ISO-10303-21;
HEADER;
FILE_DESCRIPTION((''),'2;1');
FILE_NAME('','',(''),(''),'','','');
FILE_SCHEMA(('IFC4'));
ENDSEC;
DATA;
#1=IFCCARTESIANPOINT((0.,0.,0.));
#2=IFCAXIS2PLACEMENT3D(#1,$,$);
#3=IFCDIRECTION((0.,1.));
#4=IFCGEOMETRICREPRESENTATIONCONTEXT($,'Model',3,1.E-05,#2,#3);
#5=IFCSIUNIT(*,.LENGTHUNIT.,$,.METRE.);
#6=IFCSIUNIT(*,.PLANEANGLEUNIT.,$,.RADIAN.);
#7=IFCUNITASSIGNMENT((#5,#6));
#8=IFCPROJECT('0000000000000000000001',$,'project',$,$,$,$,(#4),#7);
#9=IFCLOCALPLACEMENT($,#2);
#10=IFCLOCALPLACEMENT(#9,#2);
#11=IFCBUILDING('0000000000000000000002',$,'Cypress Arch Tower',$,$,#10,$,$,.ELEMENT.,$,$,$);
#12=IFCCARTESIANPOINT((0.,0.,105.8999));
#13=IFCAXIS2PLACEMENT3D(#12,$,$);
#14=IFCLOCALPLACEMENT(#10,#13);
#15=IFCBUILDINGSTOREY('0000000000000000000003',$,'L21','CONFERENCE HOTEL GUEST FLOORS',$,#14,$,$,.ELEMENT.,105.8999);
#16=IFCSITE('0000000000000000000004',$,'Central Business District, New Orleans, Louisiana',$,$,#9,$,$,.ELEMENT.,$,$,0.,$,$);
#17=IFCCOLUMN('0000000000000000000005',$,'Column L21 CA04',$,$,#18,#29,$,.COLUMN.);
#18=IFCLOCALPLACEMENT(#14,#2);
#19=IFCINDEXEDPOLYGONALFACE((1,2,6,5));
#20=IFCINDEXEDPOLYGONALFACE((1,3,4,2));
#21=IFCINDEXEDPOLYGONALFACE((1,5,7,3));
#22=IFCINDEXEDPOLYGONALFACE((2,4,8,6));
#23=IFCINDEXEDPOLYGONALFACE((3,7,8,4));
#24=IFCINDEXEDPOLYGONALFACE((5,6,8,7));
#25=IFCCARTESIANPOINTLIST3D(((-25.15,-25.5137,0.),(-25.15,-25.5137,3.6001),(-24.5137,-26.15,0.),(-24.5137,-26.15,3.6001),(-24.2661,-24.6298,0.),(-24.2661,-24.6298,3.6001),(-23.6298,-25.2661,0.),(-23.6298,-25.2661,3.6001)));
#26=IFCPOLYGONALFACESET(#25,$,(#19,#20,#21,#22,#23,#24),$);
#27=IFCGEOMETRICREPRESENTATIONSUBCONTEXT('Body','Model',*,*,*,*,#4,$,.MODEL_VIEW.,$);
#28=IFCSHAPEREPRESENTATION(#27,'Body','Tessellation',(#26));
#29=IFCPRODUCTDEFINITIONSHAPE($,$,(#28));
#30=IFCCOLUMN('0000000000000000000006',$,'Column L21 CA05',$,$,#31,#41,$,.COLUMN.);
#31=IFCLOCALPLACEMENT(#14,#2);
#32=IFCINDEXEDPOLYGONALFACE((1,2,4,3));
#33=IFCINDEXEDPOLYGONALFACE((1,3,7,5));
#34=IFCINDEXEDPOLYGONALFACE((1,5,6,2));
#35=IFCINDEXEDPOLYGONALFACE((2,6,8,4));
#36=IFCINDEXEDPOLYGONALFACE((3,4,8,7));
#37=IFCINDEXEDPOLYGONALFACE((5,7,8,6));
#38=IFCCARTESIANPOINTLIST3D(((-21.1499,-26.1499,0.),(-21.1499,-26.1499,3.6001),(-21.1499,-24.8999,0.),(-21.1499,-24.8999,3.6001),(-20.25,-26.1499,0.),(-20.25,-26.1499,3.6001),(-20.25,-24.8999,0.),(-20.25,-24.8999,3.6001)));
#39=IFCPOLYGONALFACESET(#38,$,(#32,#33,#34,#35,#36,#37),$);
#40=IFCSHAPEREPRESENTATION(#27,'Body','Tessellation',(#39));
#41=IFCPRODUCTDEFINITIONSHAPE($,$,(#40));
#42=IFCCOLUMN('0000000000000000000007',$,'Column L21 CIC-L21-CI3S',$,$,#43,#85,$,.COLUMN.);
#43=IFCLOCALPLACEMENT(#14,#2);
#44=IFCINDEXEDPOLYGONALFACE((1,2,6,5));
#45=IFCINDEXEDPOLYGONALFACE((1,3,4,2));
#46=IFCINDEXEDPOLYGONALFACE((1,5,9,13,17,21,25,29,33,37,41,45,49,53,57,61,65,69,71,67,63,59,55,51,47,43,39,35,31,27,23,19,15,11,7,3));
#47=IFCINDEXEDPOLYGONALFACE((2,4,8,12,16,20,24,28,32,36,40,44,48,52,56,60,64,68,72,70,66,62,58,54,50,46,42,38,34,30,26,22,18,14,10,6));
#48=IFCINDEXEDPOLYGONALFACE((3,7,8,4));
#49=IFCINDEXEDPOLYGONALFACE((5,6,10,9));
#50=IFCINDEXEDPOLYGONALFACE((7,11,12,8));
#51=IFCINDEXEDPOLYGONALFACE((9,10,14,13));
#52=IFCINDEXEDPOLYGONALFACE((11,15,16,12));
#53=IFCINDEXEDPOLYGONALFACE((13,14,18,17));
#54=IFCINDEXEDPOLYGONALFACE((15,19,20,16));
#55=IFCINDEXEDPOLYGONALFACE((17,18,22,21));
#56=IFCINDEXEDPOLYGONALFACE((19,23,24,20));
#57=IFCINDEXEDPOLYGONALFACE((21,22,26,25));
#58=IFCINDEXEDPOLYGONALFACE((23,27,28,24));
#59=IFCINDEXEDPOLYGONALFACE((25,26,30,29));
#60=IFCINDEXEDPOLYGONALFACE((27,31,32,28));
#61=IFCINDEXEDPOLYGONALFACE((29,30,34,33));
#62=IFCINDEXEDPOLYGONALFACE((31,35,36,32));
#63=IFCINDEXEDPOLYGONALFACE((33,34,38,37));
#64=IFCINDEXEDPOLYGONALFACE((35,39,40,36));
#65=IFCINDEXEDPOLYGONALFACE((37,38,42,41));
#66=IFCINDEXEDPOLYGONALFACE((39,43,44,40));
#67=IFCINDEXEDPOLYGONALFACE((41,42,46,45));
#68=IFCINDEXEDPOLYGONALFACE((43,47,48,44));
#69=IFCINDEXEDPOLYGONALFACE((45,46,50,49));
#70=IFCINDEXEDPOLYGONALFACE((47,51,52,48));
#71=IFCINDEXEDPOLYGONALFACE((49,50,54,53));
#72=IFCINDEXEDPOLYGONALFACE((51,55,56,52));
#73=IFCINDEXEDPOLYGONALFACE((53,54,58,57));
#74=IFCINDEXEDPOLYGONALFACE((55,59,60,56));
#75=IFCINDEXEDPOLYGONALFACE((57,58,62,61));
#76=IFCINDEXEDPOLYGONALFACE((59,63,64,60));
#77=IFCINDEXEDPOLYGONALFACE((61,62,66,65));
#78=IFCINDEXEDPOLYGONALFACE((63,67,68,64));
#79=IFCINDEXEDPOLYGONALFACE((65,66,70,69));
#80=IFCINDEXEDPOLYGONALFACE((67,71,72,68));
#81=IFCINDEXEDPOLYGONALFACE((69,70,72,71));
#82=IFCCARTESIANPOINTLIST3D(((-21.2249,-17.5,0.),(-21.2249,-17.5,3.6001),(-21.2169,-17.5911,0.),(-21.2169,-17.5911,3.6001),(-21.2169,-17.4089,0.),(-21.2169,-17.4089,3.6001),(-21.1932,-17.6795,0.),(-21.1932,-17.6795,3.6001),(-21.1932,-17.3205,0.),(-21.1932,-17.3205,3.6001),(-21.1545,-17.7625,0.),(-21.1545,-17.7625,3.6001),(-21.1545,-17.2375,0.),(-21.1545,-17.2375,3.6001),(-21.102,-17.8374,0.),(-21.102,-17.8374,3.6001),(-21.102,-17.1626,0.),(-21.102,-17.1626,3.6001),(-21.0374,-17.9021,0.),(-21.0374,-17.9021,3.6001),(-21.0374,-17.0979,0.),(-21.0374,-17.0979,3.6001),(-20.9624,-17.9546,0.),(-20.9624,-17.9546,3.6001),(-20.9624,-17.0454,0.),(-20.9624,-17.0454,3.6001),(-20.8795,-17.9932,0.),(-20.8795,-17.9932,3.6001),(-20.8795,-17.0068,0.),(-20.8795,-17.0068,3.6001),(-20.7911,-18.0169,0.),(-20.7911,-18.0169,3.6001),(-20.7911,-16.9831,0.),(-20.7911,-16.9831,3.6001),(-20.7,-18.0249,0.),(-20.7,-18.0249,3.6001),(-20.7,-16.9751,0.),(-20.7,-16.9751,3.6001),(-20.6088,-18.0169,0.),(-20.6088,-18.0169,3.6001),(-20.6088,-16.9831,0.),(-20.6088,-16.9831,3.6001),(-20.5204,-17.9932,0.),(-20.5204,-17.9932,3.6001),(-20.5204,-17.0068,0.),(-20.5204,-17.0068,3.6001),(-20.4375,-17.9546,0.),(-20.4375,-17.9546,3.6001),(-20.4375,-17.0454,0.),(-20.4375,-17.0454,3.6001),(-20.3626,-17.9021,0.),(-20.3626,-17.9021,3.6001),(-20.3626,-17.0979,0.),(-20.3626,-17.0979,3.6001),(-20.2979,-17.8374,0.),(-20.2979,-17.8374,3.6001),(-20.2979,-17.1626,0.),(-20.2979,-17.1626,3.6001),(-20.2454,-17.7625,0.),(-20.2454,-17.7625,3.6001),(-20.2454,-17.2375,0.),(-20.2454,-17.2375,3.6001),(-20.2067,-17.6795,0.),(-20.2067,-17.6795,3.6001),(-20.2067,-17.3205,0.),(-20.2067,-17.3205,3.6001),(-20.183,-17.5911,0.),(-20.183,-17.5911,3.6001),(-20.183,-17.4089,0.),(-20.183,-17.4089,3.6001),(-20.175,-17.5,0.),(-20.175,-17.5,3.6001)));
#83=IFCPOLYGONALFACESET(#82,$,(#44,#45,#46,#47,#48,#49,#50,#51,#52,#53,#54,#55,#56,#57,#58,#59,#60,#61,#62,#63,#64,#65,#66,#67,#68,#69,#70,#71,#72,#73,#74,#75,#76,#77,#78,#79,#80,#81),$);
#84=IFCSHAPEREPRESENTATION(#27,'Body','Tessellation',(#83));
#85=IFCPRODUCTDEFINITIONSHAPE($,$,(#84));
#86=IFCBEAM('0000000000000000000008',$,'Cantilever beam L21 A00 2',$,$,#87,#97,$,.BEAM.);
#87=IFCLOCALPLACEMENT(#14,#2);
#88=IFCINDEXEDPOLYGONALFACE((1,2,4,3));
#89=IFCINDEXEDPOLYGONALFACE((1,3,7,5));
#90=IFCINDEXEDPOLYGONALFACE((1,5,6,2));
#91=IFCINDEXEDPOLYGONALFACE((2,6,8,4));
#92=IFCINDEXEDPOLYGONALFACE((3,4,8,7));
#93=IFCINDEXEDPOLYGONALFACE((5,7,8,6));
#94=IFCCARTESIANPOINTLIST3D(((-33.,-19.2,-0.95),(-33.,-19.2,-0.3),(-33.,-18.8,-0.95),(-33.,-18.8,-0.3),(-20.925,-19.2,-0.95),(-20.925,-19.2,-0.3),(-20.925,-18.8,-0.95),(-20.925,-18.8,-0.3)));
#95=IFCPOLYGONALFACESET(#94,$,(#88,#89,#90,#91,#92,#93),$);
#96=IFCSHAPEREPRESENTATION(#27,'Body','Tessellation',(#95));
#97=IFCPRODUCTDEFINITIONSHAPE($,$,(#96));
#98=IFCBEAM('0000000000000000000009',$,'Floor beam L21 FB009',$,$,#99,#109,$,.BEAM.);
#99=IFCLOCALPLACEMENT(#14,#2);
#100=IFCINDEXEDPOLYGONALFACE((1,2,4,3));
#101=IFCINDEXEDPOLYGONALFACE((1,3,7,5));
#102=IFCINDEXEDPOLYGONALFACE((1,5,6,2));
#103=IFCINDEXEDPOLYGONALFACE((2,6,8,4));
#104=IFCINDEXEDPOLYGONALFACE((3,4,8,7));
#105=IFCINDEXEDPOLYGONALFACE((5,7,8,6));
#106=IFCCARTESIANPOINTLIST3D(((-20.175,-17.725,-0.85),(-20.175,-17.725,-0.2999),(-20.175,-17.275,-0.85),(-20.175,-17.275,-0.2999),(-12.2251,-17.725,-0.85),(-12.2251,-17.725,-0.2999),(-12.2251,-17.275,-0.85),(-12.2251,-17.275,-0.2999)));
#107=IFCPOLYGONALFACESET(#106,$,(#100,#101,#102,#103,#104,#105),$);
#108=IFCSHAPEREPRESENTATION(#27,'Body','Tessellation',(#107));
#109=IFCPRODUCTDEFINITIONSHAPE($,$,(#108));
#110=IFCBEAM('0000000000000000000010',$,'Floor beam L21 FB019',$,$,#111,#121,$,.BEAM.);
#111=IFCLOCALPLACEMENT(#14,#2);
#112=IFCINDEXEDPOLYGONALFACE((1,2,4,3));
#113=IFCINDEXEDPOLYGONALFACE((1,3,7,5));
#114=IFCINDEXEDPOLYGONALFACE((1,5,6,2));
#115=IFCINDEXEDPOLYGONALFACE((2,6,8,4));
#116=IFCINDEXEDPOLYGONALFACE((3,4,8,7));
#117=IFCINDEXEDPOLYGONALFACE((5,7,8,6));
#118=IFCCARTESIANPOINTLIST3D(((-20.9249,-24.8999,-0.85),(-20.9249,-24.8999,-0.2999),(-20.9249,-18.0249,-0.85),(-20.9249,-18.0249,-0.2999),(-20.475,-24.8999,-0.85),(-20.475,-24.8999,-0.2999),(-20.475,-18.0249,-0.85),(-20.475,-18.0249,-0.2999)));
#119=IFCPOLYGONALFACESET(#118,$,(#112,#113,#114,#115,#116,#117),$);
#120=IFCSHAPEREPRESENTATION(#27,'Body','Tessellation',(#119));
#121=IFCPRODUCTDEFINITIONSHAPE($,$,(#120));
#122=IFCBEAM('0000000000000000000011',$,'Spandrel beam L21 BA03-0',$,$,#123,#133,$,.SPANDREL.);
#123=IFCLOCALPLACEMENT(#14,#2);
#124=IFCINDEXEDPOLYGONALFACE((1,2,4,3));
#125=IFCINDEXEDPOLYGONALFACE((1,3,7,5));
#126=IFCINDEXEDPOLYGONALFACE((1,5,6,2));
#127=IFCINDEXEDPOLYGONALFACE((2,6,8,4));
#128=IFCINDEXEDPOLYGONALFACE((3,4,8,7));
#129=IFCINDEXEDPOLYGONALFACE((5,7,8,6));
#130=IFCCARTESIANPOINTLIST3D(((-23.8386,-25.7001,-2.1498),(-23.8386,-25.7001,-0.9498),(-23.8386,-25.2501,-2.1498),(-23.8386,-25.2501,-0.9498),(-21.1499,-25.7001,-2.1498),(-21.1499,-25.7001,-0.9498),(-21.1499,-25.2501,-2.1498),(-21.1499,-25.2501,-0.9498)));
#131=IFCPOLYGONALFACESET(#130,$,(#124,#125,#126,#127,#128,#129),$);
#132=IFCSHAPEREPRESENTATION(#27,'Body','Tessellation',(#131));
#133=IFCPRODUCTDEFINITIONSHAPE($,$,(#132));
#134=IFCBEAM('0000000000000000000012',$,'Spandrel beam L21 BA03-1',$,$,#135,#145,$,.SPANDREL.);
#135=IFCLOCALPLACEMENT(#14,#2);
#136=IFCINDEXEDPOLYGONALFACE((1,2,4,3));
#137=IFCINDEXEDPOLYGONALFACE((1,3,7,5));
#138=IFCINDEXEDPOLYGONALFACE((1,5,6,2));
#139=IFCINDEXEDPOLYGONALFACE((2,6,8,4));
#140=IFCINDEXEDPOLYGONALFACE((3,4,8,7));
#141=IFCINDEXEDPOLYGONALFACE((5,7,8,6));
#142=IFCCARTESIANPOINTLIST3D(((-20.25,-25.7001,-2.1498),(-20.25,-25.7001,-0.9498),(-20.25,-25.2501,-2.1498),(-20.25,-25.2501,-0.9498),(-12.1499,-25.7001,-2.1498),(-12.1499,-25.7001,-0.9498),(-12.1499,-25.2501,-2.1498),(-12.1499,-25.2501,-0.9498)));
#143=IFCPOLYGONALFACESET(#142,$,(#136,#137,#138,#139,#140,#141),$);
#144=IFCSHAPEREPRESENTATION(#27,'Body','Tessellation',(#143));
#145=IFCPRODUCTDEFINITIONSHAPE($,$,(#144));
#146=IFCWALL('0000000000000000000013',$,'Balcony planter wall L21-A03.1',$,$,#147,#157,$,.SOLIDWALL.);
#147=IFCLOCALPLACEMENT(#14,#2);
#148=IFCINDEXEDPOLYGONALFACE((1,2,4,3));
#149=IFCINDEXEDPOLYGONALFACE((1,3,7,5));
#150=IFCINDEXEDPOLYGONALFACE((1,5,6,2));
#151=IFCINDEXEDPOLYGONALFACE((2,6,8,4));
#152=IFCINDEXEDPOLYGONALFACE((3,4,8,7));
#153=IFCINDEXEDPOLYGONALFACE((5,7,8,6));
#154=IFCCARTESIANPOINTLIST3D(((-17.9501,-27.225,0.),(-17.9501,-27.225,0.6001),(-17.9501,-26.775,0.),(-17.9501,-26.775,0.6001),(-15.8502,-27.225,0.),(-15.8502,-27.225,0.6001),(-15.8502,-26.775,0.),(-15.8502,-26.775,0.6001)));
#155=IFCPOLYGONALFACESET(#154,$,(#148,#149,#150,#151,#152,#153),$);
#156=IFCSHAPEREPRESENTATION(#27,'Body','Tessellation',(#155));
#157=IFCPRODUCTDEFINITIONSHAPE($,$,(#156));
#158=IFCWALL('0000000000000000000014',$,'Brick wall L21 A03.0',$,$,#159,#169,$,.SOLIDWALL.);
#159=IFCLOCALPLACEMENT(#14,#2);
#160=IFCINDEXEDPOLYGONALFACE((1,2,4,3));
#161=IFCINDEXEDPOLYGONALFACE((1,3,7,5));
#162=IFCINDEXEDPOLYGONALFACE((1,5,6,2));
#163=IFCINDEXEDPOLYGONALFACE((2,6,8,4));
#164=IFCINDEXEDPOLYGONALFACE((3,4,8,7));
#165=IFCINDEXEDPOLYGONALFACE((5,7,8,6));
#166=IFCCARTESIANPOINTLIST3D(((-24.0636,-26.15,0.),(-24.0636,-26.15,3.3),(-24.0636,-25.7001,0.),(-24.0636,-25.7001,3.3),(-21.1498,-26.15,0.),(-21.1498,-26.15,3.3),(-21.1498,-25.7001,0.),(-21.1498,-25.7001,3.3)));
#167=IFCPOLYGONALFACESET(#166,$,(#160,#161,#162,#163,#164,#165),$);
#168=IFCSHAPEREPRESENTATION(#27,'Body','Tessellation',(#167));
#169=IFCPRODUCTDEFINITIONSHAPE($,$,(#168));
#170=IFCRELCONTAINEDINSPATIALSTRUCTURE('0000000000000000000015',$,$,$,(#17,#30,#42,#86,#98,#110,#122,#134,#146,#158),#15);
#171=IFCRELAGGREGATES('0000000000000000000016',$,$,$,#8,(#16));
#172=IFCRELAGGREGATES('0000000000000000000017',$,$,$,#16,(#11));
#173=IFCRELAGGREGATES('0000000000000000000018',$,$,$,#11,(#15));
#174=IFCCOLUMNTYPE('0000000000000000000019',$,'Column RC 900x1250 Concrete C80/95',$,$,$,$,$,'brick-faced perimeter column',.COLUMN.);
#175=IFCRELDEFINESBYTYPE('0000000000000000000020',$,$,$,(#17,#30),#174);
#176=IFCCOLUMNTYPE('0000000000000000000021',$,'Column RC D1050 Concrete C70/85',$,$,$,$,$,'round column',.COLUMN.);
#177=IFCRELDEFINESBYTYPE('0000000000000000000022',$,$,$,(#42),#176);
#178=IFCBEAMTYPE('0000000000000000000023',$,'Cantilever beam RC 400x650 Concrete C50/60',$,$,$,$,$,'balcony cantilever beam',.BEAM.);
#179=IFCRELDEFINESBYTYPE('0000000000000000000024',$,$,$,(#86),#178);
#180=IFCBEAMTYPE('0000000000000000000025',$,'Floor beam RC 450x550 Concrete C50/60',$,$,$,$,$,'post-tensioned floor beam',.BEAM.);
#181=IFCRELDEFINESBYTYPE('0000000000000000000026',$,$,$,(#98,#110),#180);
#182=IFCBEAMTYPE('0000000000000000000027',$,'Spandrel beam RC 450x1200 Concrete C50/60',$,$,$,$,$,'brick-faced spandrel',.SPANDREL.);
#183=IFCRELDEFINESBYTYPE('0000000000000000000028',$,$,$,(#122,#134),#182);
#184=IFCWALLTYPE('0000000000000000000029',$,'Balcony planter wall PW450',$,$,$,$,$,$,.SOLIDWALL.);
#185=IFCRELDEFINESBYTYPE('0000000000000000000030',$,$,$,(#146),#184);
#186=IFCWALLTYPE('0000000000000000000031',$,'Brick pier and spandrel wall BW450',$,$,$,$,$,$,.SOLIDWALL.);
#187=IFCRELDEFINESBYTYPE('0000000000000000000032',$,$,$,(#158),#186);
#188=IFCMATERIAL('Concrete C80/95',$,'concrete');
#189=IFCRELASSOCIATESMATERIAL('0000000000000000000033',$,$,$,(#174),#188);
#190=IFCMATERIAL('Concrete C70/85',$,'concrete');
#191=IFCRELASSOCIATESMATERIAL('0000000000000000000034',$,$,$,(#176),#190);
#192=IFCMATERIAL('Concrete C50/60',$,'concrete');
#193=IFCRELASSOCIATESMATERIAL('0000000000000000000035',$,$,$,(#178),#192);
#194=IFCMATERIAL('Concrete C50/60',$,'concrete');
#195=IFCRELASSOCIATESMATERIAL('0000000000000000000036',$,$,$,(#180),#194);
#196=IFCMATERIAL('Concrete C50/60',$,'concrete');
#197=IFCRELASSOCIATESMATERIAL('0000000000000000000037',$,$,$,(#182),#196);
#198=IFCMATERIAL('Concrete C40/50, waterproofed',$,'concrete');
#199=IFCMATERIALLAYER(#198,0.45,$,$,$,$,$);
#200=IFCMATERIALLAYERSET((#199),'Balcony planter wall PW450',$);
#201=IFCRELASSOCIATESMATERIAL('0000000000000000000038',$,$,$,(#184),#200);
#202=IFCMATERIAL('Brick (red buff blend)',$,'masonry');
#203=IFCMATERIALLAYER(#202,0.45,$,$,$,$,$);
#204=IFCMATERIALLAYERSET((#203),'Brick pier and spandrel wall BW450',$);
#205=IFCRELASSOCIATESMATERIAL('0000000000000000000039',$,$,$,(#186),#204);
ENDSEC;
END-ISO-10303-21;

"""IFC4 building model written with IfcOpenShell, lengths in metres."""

from ifc_helpers import new_model, si_unit, direction, frame, frame_2d, origin, origin_2d, place, context, subcontext, project, spatial, rectangle, circle, extrude, material, layer, layer_set, material_profile, profile_set, type_object, element, save


model = new_model("IFC4")

# Units and contexts
model_context = context("Model", 3, precision=1e-05, world=origin(), true_north=direction((0.0, 1.0)))
body_context = subcontext(model_context, "Body", "Model", "MODEL_VIEW")
ifc_project = project(units=[si_unit("LENGTHUNIT", "METRE"), si_unit("PLANEANGLEUNIT", "RADIAN")], contexts=[model_context])

# Site, building, storey
site_placement = place(None, origin())
site = spatial("IfcSite", under=ifc_project, at=site_placement, Name="Central Business District, New Orleans, Louisiana", CompositionType="ELEMENT", RefElevation=0.0)
building_placement = place(site_placement, origin())
building = spatial("IfcBuilding", under=site, at=building_placement, Name="Cypress Arch Tower", CompositionType="ELEMENT")
storey_placement = place(building_placement, frame((0.0, 0.0, 105.8999)))
storey = spatial("IfcBuildingStorey", under=building, at=storey_placement, Name="L21", Description="CONFERENCE HOTEL GUEST FLOORS", CompositionType="ELEMENT", Elevation=105.8999)

# Columns
ifc_material_1 = material(Name="Concrete C80/95", Category="concrete")
ifc_material_profile_1 = material_profile(ifc_material_1, rectangle(XDim=0.8999, YDim=1.25, at=origin_2d()), Name="RC 900x1250")
ifc_profile_set_1 = profile_set([ifc_material_profile_1], Name="Concrete C80/95")
column_type_1 = type_object("IfcColumnType", Name="Column RC 900x1250 Concrete C80/95", ElementType="brick-faced perimeter column", PredefinedType="COLUMN", material=ifc_profile_set_1)
for number, where, z_axis, x_axis, name in (
    (1, (-24.3899, -25.3899, 0.0), (0.0, 0.0, 1.0), (0.707107, -0.707107, 0.0), "Column L21 CA04"),
    (2, (-20.7, -25.5249, 0.0), (0.0, 0.0, 1.0), (1.0, 0.0, 0.0), "Column L21 CA05"),
):
    element("IfcColumn", number, at=place(storey_placement, frame(where, z_axis=z_axis, x_axis=x_axis)), inside=storey, type_object=column_type_1, Name=name, PredefinedType="COLUMN", context=body_context, shape_type="SweptSolid", body=[
        extrude(rectangle(XDim=0.8999, YDim=1.25, at=origin_2d()), origin(), (0.0, 0.0, 1.0), 3.6001),
    ])
ifc_material_2 = material(Name="Concrete C70/85", Category="concrete")
ifc_material_profile_2 = material_profile(ifc_material_2, circle(Radius=0.5249, at=origin_2d()), Name="RC D1050")
ifc_profile_set_2 = profile_set([ifc_material_profile_2], Name="Concrete C70/85")
column_type_2 = type_object("IfcColumnType", Name="Column RC D1050 Concrete C70/85", ElementType="round column", PredefinedType="COLUMN", material=ifc_profile_set_2)
column_placement = place(storey_placement, frame((-20.7, -17.5, 0.0), z_axis=(0.0, 0.0, 1.0), x_axis=(1.0, 0.0, 0.0)))
element("IfcColumn", 3, at=column_placement, inside=storey, type_object=column_type_2, Name="Column L21 CIC-L21-CI3S", PredefinedType="COLUMN", context=body_context, shape_type="SweptSolid", body=[
    extrude(circle(Radius=0.5249, at=origin_2d()), origin(), (0.0, 0.0, 1.0), 3.6001),
])

# Beams
ifc_material_3 = material(Name="Concrete C50/60", Category="concrete")
ifc_material_profile_3 = material_profile(ifc_material_3, rectangle(XDim=0.3999, YDim=0.6499, at=origin_2d()), Name="RC 400x650")
ifc_profile_set_3 = profile_set([ifc_material_profile_3], Name="Concrete C50/60")
beam_type_1 = type_object("IfcBeamType", Name="Cantilever beam RC 400x650 Concrete C50/60", ElementType="balcony cantilever beam", PredefinedType="BEAM", material=ifc_profile_set_3)
beam_1_placement = place(storey_placement, frame((-20.925, -19.0, -0.625), z_axis=(-1.0, 0.0, 0.0), x_axis=(0.0, -1.0, 0.0)))
element("IfcBeam", 4, at=beam_1_placement, inside=storey, type_object=beam_type_1, Name="Cantilever beam L21 A00 2", PredefinedType="BEAM", context=body_context, shape_type="SweptSolid", body=[
    extrude(rectangle(XDim=0.3999, YDim=0.6499, at=origin_2d()), origin(), (0.0, 0.0, 1.0), 12.075),
])
ifc_material_4 = material(Name="Concrete C50/60", Category="concrete")
ifc_material_profile_4 = material_profile(ifc_material_4, rectangle(XDim=0.45, YDim=0.55, at=origin_2d()), Name="RC 450x550")
ifc_profile_set_4 = profile_set([ifc_material_profile_4], Name="Concrete C50/60")
beam_type_2 = type_object("IfcBeamType", Name="Floor beam RC 450x550 Concrete C50/60", ElementType="post-tensioned floor beam", PredefinedType="BEAM", material=ifc_profile_set_4)
beam_2_placement = place(storey_placement, frame((-20.175, -17.5, -0.575), z_axis=(1.0, 0.0, 0.0), x_axis=(0.0, 1.0, 0.0)))
element("IfcBeam", 5, at=beam_2_placement, inside=storey, type_object=beam_type_2, Name="Floor beam L21 FB009", PredefinedType="BEAM", context=body_context, shape_type="SweptSolid", body=[
    extrude(rectangle(XDim=0.45, YDim=0.55, at=origin_2d()), origin(), (0.0, 0.0, 1.0), 7.95),
])
beam_3_placement = place(storey_placement, frame((-20.7, -24.8999, -0.575), z_axis=(0.0, 1.0, 0.0), x_axis=(-1.0, 0.0, 0.0)))
element("IfcBeam", 6, at=beam_3_placement, inside=storey, type_object=beam_type_2, Name="Floor beam L21 FB019", PredefinedType="BEAM", context=body_context, shape_type="SweptSolid", body=[
    extrude(rectangle(XDim=0.45, YDim=0.55, at=origin_2d()), origin(), (0.0, 0.0, 1.0), 6.875),
])
ifc_material_5 = material(Name="Concrete C50/60", Category="concrete")
ifc_material_profile_5 = material_profile(ifc_material_5, rectangle(XDim=0.45, YDim=1.2, at=origin_2d()), Name="RC 450x1200")
ifc_profile_set_5 = profile_set([ifc_material_profile_5], Name="Concrete C50/60")
beam_type_3 = type_object("IfcBeamType", Name="Spandrel beam RC 450x1200 Concrete C50/60", ElementType="brick-faced spandrel", PredefinedType="SPANDREL", material=ifc_profile_set_5)
beam_4_placement = place(storey_placement, frame((-23.8386, -25.4751, -1.5498), z_axis=(1.0, 0.0, 0.0), x_axis=(0.0, 1.0, 0.0)))
element("IfcBeam", 7, at=beam_4_placement, inside=storey, type_object=beam_type_3, Name="Spandrel beam L21 BA03-0", PredefinedType="SPANDREL", context=body_context, shape_type="SweptSolid", body=[
    extrude(rectangle(XDim=0.45, YDim=1.2, at=origin_2d()), origin(), (0.0, 0.0, 1.0), 2.6887),
])
beam_5_placement = place(storey_placement, frame((-20.25, -25.4751, -1.5498), z_axis=(1.0, 0.0, 0.0), x_axis=(0.0, 1.0, 0.0)))
element("IfcBeam", 8, at=beam_5_placement, inside=storey, type_object=beam_type_3, Name="Spandrel beam L21 BA03-1", PredefinedType="SPANDREL", context=body_context, shape_type="SweptSolid", body=[
    extrude(rectangle(XDim=0.45, YDim=1.2, at=origin_2d()), origin(), (0.0, 0.0, 1.0), 8.1001),
])

# Walls
ifc_material_6 = material(Name="Concrete C40/50, waterproofed", Category="concrete")
ifc_layer_1 = layer(ifc_material_6, 0.45)
ifc_layer_set_1 = layer_set([ifc_layer_1], Name="Balcony planter wall PW450")
wall_type_1 = type_object("IfcWallType", Name="Balcony planter wall PW450", PredefinedType="SOLIDWALL", material=ifc_layer_set_1)
wall_1_placement = place(storey_placement, frame((-17.95, -27.0, 0.0), z_axis=(0.0, 0.0, 1.0), x_axis=(1.0, 0.0, 0.0)))
element("IfcWall", 9, at=wall_1_placement, inside=storey, type_object=wall_type_1, Name="Balcony planter wall L21-A03.1", PredefinedType="SOLIDWALL", context=body_context, shape_type="SweptSolid", body=[
    extrude(rectangle(XDim=2.0999, YDim=0.45, at=frame_2d((1.0498, 0.0))), origin(), (0.0, 0.0, 1.0), 0.6001),
])
ifc_material_7 = material(Name="Brick (red buff blend)", Category="masonry")
ifc_layer_2 = layer(ifc_material_7, 0.45)
ifc_layer_set_2 = layer_set([ifc_layer_2], Name="Brick pier and spandrel wall BW450")
wall_type_2 = type_object("IfcWallType", Name="Brick pier and spandrel wall BW450", PredefinedType="SOLIDWALL", material=ifc_layer_set_2)
wall_2_placement = place(storey_placement, frame((-24.0637, -25.925, 0.0), z_axis=(0.0, 0.0, 1.0), x_axis=(1.0, 0.0, 0.0)))
element("IfcWall", 10, at=wall_2_placement, inside=storey, type_object=wall_type_2, Name="Brick wall L21 A03.0", PredefinedType="SOLIDWALL", context=body_context, shape_type="SweptSolid", body=[
    extrude(rectangle(XDim=2.9138, YDim=0.45, at=frame_2d((1.457, 0.0))), origin(), (0.0, 0.0, 1.0), 3.3),
])

save(model, "model.ifc")
